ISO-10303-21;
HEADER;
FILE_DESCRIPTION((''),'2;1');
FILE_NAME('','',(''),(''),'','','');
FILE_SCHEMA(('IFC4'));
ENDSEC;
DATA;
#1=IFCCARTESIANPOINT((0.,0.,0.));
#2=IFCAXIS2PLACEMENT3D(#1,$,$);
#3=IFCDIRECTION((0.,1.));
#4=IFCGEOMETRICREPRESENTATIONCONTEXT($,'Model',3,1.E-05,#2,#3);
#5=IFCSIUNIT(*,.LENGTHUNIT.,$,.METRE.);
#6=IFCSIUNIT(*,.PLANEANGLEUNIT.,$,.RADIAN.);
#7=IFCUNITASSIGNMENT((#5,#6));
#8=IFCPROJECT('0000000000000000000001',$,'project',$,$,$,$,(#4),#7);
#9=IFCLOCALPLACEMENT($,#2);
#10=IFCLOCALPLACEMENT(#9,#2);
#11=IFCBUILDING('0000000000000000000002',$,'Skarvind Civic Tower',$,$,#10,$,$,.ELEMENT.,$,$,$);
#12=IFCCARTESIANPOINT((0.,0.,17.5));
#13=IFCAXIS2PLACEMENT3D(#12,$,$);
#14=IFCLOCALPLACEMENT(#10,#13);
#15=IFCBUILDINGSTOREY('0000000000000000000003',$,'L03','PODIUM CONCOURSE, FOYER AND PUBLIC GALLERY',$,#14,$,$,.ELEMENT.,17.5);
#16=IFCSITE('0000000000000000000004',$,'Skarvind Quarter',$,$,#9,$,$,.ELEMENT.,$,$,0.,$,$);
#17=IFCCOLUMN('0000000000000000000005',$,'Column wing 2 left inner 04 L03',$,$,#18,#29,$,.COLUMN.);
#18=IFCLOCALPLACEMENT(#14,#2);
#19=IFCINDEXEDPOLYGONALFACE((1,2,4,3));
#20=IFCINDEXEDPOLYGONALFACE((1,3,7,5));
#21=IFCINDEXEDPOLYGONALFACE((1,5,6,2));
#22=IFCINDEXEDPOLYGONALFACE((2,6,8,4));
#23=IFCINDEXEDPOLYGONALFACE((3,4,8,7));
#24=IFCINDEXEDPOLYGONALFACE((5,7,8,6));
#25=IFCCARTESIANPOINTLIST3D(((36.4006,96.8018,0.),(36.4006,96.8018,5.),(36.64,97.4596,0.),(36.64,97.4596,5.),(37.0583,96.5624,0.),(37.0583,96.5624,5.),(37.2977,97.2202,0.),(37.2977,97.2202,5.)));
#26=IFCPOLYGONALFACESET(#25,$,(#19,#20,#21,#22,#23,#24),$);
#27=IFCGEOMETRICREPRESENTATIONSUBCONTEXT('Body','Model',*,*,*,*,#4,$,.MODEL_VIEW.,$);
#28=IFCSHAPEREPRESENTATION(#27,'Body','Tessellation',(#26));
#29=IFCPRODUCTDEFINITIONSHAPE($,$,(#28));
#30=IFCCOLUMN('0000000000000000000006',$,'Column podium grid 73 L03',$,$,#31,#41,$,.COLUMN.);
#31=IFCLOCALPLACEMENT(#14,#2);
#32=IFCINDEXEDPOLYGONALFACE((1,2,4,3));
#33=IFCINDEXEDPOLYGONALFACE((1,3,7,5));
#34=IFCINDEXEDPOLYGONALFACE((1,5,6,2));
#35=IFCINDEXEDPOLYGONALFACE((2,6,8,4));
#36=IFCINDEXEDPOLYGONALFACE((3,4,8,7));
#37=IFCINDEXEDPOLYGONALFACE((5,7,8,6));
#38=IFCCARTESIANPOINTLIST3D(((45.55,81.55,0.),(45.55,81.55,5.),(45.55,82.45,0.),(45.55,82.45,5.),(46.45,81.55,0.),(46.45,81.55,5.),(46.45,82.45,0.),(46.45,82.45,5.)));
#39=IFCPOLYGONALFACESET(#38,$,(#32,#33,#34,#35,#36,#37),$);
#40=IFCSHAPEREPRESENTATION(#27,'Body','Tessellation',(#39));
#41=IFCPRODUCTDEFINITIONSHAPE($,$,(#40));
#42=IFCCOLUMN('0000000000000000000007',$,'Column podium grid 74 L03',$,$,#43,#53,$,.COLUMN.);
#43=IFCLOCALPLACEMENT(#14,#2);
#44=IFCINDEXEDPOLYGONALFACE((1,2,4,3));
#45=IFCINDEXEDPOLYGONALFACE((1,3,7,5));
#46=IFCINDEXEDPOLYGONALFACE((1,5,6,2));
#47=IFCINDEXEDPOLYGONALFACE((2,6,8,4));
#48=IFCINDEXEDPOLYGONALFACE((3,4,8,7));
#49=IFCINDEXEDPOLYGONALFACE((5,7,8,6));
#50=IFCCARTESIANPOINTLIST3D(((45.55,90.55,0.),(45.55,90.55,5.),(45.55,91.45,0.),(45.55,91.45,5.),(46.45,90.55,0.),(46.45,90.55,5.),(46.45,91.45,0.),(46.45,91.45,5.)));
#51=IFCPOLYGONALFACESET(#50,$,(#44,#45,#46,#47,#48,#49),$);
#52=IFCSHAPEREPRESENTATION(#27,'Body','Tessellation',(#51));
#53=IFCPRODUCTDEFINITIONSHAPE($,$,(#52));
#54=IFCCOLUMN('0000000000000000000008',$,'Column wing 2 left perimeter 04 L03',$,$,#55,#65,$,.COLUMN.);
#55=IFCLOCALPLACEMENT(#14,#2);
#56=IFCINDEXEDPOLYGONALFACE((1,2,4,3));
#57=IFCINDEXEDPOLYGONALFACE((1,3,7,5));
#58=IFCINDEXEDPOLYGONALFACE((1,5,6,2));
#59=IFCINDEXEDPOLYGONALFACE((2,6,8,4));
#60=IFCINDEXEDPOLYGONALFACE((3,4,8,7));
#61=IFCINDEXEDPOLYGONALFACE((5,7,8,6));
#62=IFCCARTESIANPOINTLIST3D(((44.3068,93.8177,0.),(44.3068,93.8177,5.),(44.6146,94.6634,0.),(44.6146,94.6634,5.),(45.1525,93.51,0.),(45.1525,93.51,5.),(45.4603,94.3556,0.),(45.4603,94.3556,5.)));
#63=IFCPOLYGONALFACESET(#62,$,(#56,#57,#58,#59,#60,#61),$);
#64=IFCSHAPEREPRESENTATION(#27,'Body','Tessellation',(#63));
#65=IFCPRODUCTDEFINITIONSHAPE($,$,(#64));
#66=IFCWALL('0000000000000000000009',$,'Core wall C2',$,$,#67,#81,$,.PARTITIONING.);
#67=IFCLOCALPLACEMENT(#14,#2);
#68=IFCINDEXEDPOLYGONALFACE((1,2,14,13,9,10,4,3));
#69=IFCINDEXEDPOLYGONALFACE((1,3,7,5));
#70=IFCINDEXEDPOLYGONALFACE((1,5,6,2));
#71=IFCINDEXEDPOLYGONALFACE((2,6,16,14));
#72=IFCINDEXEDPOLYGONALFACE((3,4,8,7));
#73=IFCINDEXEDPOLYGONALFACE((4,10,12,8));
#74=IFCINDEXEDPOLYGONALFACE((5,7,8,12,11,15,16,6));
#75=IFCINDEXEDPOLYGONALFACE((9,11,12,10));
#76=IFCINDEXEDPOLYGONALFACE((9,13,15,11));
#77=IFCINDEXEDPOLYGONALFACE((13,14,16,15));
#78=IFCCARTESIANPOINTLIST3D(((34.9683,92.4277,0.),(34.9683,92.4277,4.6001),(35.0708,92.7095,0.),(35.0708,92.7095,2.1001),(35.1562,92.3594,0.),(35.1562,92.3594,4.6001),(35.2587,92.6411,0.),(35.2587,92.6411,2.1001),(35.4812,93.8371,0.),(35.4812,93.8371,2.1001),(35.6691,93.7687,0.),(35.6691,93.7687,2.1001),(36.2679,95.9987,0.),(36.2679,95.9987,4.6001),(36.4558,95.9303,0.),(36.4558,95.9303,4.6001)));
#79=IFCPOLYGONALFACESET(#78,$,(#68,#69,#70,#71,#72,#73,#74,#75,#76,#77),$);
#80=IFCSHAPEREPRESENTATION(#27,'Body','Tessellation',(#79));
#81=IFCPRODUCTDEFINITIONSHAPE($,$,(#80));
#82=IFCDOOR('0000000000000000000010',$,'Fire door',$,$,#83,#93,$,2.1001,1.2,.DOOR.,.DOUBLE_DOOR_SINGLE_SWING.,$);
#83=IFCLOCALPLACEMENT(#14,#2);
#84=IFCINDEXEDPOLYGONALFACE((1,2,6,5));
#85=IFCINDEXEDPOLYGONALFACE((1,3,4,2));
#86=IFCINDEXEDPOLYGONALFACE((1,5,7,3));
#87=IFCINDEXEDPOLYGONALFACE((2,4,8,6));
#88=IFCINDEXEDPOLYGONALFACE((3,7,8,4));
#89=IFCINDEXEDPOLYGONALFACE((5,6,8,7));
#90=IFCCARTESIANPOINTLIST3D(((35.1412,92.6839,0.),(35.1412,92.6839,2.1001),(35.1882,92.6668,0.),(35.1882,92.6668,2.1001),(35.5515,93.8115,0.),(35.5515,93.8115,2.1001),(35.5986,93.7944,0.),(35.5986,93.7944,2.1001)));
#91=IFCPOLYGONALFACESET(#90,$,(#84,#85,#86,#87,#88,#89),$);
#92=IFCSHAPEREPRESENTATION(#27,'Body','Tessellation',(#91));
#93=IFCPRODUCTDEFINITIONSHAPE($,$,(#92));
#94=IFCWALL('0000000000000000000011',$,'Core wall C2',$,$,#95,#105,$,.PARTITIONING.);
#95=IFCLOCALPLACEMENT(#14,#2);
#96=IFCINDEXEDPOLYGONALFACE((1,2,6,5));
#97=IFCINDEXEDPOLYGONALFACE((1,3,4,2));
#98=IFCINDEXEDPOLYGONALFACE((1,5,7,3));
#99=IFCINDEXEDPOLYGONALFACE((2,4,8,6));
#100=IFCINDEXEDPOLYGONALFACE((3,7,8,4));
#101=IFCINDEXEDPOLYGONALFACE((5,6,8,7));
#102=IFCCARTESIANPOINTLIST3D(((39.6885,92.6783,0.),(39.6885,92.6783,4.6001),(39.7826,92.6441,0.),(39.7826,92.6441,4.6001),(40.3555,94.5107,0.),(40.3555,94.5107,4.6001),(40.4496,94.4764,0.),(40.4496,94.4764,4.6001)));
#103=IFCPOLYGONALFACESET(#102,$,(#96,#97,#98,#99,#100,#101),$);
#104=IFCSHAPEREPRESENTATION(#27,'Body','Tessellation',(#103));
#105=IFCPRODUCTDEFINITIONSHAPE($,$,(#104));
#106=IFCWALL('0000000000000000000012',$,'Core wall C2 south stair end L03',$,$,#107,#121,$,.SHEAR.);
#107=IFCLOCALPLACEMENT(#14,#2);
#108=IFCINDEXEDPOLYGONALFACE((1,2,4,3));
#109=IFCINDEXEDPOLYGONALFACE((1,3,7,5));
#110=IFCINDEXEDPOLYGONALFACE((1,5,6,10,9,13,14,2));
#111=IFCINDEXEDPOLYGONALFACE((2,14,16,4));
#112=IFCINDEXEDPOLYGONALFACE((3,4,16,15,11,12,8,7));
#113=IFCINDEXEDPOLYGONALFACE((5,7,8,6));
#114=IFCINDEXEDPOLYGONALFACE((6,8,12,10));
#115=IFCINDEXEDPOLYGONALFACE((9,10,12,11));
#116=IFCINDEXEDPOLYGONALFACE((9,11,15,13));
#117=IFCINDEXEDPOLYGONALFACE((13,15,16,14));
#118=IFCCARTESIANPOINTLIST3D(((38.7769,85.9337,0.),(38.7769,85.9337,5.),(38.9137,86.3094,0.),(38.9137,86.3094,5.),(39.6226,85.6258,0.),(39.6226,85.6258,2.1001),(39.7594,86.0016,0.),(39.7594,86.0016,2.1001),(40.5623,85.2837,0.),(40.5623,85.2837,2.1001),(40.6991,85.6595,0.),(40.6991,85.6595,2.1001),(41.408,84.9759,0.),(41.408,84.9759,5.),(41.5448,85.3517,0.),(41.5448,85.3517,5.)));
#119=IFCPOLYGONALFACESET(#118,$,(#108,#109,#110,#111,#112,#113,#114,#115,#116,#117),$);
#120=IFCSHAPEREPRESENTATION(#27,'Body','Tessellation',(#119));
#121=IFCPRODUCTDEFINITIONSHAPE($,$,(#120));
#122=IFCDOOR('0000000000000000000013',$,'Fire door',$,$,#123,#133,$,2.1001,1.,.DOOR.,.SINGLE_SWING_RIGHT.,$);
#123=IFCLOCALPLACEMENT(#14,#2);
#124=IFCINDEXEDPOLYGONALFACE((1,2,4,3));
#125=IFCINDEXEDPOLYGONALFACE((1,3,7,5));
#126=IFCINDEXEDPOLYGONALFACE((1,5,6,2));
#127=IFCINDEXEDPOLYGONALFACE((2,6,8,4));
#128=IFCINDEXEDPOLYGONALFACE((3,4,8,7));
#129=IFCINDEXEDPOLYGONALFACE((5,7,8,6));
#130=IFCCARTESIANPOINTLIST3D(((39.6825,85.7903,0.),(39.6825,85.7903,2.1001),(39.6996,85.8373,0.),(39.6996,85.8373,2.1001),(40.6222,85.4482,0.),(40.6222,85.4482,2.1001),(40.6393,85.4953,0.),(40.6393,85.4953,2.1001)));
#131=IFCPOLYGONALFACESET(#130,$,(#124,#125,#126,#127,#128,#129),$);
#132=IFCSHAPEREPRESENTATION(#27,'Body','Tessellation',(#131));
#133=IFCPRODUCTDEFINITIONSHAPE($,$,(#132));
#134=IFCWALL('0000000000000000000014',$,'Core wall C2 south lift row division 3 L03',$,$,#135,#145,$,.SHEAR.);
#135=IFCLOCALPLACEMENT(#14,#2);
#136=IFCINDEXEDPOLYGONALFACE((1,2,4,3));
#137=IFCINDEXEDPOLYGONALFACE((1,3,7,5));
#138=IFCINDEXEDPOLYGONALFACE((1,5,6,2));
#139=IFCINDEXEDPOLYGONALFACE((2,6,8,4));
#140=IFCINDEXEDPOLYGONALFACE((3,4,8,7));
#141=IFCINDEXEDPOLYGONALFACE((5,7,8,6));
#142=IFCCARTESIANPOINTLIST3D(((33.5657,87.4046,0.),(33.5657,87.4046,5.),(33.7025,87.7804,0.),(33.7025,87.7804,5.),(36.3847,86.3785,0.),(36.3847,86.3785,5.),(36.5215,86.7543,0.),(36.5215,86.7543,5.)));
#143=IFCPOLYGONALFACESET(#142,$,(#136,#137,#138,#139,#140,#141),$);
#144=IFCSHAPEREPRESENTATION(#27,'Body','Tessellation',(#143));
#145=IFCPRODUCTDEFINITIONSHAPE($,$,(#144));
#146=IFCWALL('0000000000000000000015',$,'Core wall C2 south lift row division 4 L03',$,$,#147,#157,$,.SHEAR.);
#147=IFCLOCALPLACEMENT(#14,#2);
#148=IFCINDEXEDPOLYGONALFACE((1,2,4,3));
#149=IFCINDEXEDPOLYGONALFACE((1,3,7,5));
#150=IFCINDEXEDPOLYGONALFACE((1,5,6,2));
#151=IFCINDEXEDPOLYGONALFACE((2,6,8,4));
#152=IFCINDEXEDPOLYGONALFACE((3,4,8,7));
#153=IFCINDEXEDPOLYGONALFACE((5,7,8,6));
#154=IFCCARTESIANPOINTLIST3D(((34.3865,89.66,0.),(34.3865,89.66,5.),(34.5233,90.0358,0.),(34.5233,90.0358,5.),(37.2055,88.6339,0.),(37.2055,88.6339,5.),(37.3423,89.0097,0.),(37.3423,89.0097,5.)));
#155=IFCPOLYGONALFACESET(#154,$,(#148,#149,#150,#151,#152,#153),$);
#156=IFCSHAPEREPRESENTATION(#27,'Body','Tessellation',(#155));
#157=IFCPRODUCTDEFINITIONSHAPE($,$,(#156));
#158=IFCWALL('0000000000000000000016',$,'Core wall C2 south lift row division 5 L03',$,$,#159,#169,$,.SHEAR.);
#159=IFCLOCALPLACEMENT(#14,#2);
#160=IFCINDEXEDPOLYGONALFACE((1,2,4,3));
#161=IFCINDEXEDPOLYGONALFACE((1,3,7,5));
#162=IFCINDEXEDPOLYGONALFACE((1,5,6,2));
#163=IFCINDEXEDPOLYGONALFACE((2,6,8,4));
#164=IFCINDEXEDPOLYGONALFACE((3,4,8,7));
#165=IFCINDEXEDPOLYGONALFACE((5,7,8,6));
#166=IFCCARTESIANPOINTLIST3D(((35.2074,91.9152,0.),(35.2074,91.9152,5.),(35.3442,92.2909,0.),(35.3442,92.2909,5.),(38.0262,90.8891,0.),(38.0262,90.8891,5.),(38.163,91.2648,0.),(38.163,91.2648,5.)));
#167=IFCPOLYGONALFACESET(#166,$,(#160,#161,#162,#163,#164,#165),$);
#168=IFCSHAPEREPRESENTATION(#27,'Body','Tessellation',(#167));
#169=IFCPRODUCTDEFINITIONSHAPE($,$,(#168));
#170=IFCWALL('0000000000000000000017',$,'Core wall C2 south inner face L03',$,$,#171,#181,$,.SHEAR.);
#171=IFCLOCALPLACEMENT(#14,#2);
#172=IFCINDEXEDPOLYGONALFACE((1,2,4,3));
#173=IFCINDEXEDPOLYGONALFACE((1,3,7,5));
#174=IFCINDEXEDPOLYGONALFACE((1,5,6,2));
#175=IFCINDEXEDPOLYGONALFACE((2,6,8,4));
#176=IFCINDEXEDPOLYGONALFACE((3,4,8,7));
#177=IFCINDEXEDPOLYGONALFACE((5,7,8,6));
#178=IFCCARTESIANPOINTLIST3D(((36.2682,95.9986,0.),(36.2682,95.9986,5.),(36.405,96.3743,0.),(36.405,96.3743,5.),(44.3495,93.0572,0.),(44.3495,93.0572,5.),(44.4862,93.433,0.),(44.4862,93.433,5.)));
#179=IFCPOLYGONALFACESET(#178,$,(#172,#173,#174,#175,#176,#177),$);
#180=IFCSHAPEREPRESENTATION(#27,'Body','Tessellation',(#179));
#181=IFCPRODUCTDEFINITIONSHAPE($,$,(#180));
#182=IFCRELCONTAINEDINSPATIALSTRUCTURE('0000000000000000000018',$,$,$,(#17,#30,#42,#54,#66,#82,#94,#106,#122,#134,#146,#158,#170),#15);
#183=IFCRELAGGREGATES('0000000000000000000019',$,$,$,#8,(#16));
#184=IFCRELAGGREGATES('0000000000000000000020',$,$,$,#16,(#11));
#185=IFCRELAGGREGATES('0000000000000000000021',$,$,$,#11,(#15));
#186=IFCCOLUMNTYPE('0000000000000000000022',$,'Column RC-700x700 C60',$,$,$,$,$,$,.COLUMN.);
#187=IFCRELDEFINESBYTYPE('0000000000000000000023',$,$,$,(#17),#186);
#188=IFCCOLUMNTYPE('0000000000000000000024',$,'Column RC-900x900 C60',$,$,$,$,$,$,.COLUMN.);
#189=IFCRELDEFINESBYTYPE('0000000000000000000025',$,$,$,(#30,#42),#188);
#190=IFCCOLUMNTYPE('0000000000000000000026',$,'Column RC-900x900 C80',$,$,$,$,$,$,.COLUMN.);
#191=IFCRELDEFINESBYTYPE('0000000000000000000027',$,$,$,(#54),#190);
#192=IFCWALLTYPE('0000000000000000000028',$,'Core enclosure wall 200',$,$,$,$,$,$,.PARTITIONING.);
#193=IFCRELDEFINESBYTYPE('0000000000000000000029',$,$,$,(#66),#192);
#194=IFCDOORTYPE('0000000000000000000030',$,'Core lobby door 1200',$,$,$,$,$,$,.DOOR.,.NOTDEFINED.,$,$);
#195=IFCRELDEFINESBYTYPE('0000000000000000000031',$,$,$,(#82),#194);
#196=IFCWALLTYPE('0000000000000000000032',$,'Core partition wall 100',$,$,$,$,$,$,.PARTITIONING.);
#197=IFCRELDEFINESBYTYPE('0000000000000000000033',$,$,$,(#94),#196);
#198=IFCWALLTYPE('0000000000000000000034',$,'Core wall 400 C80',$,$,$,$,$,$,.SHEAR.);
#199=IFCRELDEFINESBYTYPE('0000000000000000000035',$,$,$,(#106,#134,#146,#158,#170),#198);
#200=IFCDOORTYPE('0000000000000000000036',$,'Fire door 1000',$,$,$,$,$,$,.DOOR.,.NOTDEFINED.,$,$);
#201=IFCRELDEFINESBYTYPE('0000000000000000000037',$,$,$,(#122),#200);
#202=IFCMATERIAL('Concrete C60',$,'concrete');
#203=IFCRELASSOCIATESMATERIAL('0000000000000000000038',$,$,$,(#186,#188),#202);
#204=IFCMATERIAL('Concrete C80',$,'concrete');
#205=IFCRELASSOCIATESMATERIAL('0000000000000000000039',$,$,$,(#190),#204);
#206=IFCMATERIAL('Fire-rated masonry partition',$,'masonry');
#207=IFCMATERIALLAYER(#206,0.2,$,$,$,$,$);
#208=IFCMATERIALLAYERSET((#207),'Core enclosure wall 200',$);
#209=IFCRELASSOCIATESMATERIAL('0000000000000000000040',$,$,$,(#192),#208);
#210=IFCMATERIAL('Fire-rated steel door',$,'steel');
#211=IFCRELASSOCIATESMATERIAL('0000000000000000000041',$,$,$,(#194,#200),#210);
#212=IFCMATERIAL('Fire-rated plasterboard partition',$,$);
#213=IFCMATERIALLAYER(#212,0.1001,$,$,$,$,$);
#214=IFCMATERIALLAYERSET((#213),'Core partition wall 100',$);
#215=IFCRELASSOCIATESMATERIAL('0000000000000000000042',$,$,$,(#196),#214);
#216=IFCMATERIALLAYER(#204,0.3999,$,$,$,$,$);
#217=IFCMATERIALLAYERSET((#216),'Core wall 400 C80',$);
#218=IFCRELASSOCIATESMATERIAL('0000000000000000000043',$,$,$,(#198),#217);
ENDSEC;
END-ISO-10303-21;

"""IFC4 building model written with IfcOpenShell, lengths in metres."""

from ifc_helpers import new_model, si_unit, direction, frame, frame_2d, origin, origin_2d, place, context, subcontext, project, spatial, rectangle, extrude, material, layer, layer_set, material_profile, profile_set, type_object, element, fill, save


model = new_model("IFC4")

# Units and contexts
model_context = context("Model", 3, precision=1e-05, world=origin(), true_north=direction((0.0, 1.0)))
body_context = subcontext(model_context, "Body", "Model", "MODEL_VIEW")
ifc_project = project(units=[si_unit("LENGTHUNIT", "METRE"), si_unit("PLANEANGLEUNIT", "RADIAN")], contexts=[model_context])

# Site, building, storey
site_placement = place(None, origin())
site = spatial("IfcSite", under=ifc_project, at=site_placement, Name="Skarvind Quarter", CompositionType="ELEMENT", RefElevation=0.0)
building_placement = place(site_placement, origin())
building = spatial("IfcBuilding", under=site, at=building_placement, Name="Skarvind Civic Tower", CompositionType="ELEMENT")
storey_placement = place(building_placement, frame((0.0, 0.0, 17.5)))
storey = spatial("IfcBuildingStorey", under=building, at=storey_placement, Name="L03", Description="PODIUM CONCOURSE, FOYER AND PUBLIC GALLERY", CompositionType="ELEMENT", Elevation=17.5)

# Columns
ifc_material_1 = material(Name="Concrete C60", Category="concrete")
ifc_material_profile_1 = material_profile(ifc_material_1, rectangle(XDim=0.7, YDim=0.7, at=origin_2d()), Name="RC-700x700")
ifc_profile_set_1 = profile_set([ifc_material_profile_1], Name="Concrete C60")
column_type_1 = type_object("IfcColumnType", Name="Column RC-700x700 C60", PredefinedType="COLUMN", material=ifc_profile_set_1)
column_1_placement = place(storey_placement, frame((36.8491, 97.011, 0.0), z_axis=(0.0, 0.0, 1.0), x_axis=(-0.34202, -0.939693, 0.0)))
element("IfcColumn", 1, at=column_1_placement, inside=storey, type_object=column_type_1, Name="Column wing 2 left inner 04 L03", PredefinedType="COLUMN", context=body_context, shape_type="SweptSolid", body=[
    extrude(rectangle(XDim=0.7, YDim=0.7, at=origin_2d()), origin(), (0.0, 0.0, 1.0), 5.0),
])
ifc_material_profile_2 = material_profile(ifc_material_1, rectangle(XDim=0.8999, YDim=0.8999, at=origin_2d()), Name="RC-900x900")
ifc_profile_set_2 = profile_set([ifc_material_profile_2], Name="Concrete C60")
column_type_2 = type_object("IfcColumnType", Name="Column RC-900x900 C60", PredefinedType="COLUMN", material=ifc_profile_set_2)
for number, where, z_axis, x_axis, name in (
    (2, (46.0, 82.0, 0.0), (0.0, 0.0, 1.0), (1.0, 0.0, 0.0), "Column podium grid 73 L03"),
    (3, (46.0, 91.0, 0.0), (0.0, 0.0, 1.0), (1.0, 0.0, 0.0), "Column podium grid 74 L03"),
):
    element("IfcColumn", number, at=place(storey_placement, frame(where, z_axis=z_axis, x_axis=x_axis)), inside=storey, type_object=column_type_2, Name=name, PredefinedType="COLUMN", context=body_context, shape_type="SweptSolid", body=[
        extrude(rectangle(XDim=0.8999, YDim=0.8999, at=origin_2d()), origin(), (0.0, 0.0, 1.0), 5.0),
    ])
ifc_material_2 = material(Name="Concrete C80", Category="concrete")
ifc_material_profile_3 = material_profile(ifc_material_2, rectangle(XDim=0.8999, YDim=0.8999, at=origin_2d()), Name="RC-900x900")
ifc_profile_set_3 = profile_set([ifc_material_profile_3], Name="Concrete C80")
column_type_3 = type_object("IfcColumnType", Name="Column RC-900x900 C80", PredefinedType="COLUMN", material=ifc_profile_set_3)
column_2_placement = place(storey_placement, frame((44.8835, 94.0867, 0.0), z_axis=(0.0, 0.0, 1.0), x_axis=(-0.34202, -0.939693, 0.0)))
element("IfcColumn", 4, at=column_2_placement, inside=storey, type_object=column_type_3, Name="Column wing 2 left perimeter 04 L03", PredefinedType="COLUMN", context=body_context, shape_type="SweptSolid", body=[
    extrude(rectangle(XDim=0.8999, YDim=0.8999, at=origin_2d()), origin(), (0.0, 0.0, 1.0), 5.0),
])

# Wall, opening, door
ifc_material_3 = material(Name="Fire-rated masonry partition", Category="masonry")
ifc_layer_1 = layer(ifc_material_3, 0.2)
ifc_layer_set_1 = layer_set([ifc_layer_1], Name="Core enclosure wall 200")
wall_type_1 = type_object("IfcWallType", Name="Core enclosure wall 200", PredefinedType="PARTITIONING", material=ifc_layer_set_1)
wall_1_placement = place(storey_placement, frame((36.3618, 95.9644, 0.0), z_axis=(0.0, 0.0, 1.0), x_axis=(-0.341996, -0.939701, 0.0)))
wall_1 = element("IfcWall", 5, at=wall_1_placement, inside=storey, type_object=wall_type_1, Name="Core wall C2", PredefinedType="PARTITIONING", context=body_context, shape_type="SweptSolid", body=[
    extrude(rectangle(XDim=3.8, YDim=0.2, at=frame_2d((1.8999, 0.0))), origin(), (0.0, 0.0, 1.0), 4.6001),
])
opening_1_placement = place(wall_1_placement, frame((2.3, 0.0, 0.0)))
opening_1 = element("IfcOpeningElement", 6, at=opening_1_placement, cuts=wall_1, PredefinedType="OPENING", context=body_context, shape_type="SweptSolid", body=[
    extrude(rectangle(XDim=1.2, YDim=2.1001, at=frame_2d((0.6001, 1.05))), frame((0.0, 0.1099, 0.0), z_axis=(0.0, -1.0, 0.0), x_axis=(1.0, 0.0, 0.0)), (0.0, 0.0, 1.0), 0.22),
])
ifc_material_4 = material(Name="Fire-rated steel door", Category="steel")
door_type_1 = type_object("IfcDoorType", Name="Core lobby door 1200", OperationType="NOTDEFINED", PredefinedType="DOOR", material=ifc_material_4)
door_1_placement = place(opening_1_placement, origin())
door_1 = element("IfcDoor", 7, at=door_1_placement, inside=storey, type_object=door_type_1, Name="Fire door", OperationType="DOUBLE_DOOR_SINGLE_SWING", OverallHeight=2.1001, OverallWidth=1.2, PredefinedType="DOOR", context=body_context, shape_type="SweptSolid", body=[
    extrude(rectangle(XDim=1.2, YDim=2.1001, at=frame_2d((0.6001, 1.05))), frame((0.0, 0.0249, 0.0), z_axis=(0.0, -1.0, 0.0), x_axis=(1.0, 0.0, 0.0)), (0.0, 0.0, 1.0), 0.05),
])
fill(opening_1, door_1)

# Wall
ifc_material_5 = material(Name="Fire-rated plasterboard partition")
ifc_layer_2 = layer(ifc_material_5, 0.1001)
ifc_layer_set_2 = layer_set([ifc_layer_2], Name="Core partition wall 100")
wall_type_2 = type_object("IfcWallType", Name="Core partition wall 100", PredefinedType="PARTITIONING", material=ifc_layer_set_2)
wall_2_placement = place(storey_placement, frame((40.4026, 94.4937, 0.0), z_axis=(0.0, 0.0, 1.0), x_axis=(-0.342065, -0.939676, 0.0)))
element("IfcWall", 8, at=wall_2_placement, inside=storey, type_object=wall_type_2, Name="Core wall C2", PredefinedType="PARTITIONING", context=body_context, shape_type="SweptSolid", body=[
    extrude(rectangle(XDim=1.95, YDim=0.1001, at=frame_2d((0.9751, 0.0))), origin(), (0.0, 0.0, 1.0), 4.6001),
])

# Wall, opening, door
ifc_layer_3 = layer(ifc_material_2, 0.3999)
ifc_layer_set_3 = layer_set([ifc_layer_3], Name="Core wall 400 C80")
wall_type_3 = type_object("IfcWallType", Name="Core wall 400 C80", PredefinedType="SHEAR", material=ifc_layer_set_3)
wall_3_placement = place(storey_placement, frame((41.4763, 85.1638, 0.0), z_axis=(0.0, 0.0, 1.0), x_axis=(-0.939679, 0.342058, 0.0)))
wall_3 = element("IfcWall", 9, at=wall_3_placement, inside=storey, type_object=wall_type_3, Name="Core wall C2 south stair end L03", PredefinedType="SHEAR", context=body_context, shape_type="SweptSolid", body=[
    extrude(rectangle(XDim=2.8, YDim=0.3999, at=frame_2d((1.3999, 0.0))), origin(), (0.0, 0.0, 1.0), 5.0),
])
opening_2_placement = place(wall_3_placement, frame((0.8999, 0.0, 0.0)))
opening_2 = element("IfcOpeningElement", 10, at=opening_2_placement, cuts=wall_3, PredefinedType="OPENING", context=body_context, shape_type="SweptSolid", body=[
    extrude(rectangle(XDim=1.0, YDim=2.1001, at=frame_2d((0.5, 1.05))), frame((0.0, 0.21, 0.0), z_axis=(0.0, -1.0, 0.0), x_axis=(1.0, 0.0, 0.0)), (0.0, 0.0, 1.0), 0.4199),
])
door_type_2 = type_object("IfcDoorType", Name="Fire door 1000", OperationType="NOTDEFINED", PredefinedType="DOOR", material=ifc_material_4)
door_2_placement = place(opening_2_placement, origin())
door_2 = element("IfcDoor", 11, at=door_2_placement, inside=storey, type_object=door_type_2, Name="Fire door", OperationType="SINGLE_SWING_RIGHT", OverallHeight=2.1001, OverallWidth=1.0, PredefinedType="DOOR", context=body_context, shape_type="SweptSolid", body=[
    extrude(rectangle(XDim=1.0, YDim=2.1001, at=frame_2d((0.5, 1.05))), frame((0.0, 0.0249, 0.0), z_axis=(0.0, -1.0, 0.0), x_axis=(1.0, 0.0, 0.0)), (0.0, 0.0, 1.0), 0.05),
])
fill(opening_2, door_2)

# Walls
for number, where, z_axis, x_axis, name in (
    (12, (36.4531, 86.5664, 0.0), (0.0, 0.0, 1.0), (-0.939686, 0.342037, 0.0), "Core wall C2 south lift row division 3 L03"),
    (13, (37.2739, 88.8218, 0.0), (0.0, 0.0, 1.0), (-0.939686, 0.342037, 0.0), "Core wall C2 south lift row division 4 L03"),
):
    element("IfcWall", number, at=place(storey_placement, frame(where, z_axis=z_axis, x_axis=x_axis)), inside=storey, type_object=wall_type_3, Name=name, PredefinedType="SHEAR", context=body_context, shape_type="SweptSolid", body=[
        extrude(rectangle(XDim=3.0, YDim=0.3999, at=frame_2d((1.5, 0.0))), origin(), (0.0, 0.0, 1.0), 5.0),
    ])
wall_4_placement = place(storey_placement, frame((38.0947, 91.0769, 0.0), z_axis=(0.0, 0.0, 1.0), x_axis=(-0.939677, 0.342063, 0.0)))
element("IfcWall", 14, at=wall_4_placement, inside=storey, type_object=wall_type_3, Name="Core wall C2 south lift row division 5 L03", PredefinedType="SHEAR", context=body_context, shape_type="SweptSolid", body=[
    extrude(rectangle(XDim=2.9998, YDim=0.3999, at=frame_2d((1.5, 0.0))), origin(), (0.0, 0.0, 1.0), 5.0),
])
wall_5_placement = place(storey_placement, frame((44.4177, 93.2451, 0.0), z_axis=(0.0, 0.0, 1.0), x_axis=(-0.939691, 0.342026, 0.0)))
element("IfcWall", 15, at=wall_5_placement, inside=storey, type_object=wall_type_3, Name="Core wall C2 south inner face L03", PredefinedType="SHEAR", context=body_context, shape_type="SweptSolid", body=[
    extrude(rectangle(XDim=8.5999, YDim=0.3999, at=frame_2d((4.2998, 0.0))), origin(), (0.0, 0.0, 1.0), 5.0),
])

save(model, "model.ifc")
